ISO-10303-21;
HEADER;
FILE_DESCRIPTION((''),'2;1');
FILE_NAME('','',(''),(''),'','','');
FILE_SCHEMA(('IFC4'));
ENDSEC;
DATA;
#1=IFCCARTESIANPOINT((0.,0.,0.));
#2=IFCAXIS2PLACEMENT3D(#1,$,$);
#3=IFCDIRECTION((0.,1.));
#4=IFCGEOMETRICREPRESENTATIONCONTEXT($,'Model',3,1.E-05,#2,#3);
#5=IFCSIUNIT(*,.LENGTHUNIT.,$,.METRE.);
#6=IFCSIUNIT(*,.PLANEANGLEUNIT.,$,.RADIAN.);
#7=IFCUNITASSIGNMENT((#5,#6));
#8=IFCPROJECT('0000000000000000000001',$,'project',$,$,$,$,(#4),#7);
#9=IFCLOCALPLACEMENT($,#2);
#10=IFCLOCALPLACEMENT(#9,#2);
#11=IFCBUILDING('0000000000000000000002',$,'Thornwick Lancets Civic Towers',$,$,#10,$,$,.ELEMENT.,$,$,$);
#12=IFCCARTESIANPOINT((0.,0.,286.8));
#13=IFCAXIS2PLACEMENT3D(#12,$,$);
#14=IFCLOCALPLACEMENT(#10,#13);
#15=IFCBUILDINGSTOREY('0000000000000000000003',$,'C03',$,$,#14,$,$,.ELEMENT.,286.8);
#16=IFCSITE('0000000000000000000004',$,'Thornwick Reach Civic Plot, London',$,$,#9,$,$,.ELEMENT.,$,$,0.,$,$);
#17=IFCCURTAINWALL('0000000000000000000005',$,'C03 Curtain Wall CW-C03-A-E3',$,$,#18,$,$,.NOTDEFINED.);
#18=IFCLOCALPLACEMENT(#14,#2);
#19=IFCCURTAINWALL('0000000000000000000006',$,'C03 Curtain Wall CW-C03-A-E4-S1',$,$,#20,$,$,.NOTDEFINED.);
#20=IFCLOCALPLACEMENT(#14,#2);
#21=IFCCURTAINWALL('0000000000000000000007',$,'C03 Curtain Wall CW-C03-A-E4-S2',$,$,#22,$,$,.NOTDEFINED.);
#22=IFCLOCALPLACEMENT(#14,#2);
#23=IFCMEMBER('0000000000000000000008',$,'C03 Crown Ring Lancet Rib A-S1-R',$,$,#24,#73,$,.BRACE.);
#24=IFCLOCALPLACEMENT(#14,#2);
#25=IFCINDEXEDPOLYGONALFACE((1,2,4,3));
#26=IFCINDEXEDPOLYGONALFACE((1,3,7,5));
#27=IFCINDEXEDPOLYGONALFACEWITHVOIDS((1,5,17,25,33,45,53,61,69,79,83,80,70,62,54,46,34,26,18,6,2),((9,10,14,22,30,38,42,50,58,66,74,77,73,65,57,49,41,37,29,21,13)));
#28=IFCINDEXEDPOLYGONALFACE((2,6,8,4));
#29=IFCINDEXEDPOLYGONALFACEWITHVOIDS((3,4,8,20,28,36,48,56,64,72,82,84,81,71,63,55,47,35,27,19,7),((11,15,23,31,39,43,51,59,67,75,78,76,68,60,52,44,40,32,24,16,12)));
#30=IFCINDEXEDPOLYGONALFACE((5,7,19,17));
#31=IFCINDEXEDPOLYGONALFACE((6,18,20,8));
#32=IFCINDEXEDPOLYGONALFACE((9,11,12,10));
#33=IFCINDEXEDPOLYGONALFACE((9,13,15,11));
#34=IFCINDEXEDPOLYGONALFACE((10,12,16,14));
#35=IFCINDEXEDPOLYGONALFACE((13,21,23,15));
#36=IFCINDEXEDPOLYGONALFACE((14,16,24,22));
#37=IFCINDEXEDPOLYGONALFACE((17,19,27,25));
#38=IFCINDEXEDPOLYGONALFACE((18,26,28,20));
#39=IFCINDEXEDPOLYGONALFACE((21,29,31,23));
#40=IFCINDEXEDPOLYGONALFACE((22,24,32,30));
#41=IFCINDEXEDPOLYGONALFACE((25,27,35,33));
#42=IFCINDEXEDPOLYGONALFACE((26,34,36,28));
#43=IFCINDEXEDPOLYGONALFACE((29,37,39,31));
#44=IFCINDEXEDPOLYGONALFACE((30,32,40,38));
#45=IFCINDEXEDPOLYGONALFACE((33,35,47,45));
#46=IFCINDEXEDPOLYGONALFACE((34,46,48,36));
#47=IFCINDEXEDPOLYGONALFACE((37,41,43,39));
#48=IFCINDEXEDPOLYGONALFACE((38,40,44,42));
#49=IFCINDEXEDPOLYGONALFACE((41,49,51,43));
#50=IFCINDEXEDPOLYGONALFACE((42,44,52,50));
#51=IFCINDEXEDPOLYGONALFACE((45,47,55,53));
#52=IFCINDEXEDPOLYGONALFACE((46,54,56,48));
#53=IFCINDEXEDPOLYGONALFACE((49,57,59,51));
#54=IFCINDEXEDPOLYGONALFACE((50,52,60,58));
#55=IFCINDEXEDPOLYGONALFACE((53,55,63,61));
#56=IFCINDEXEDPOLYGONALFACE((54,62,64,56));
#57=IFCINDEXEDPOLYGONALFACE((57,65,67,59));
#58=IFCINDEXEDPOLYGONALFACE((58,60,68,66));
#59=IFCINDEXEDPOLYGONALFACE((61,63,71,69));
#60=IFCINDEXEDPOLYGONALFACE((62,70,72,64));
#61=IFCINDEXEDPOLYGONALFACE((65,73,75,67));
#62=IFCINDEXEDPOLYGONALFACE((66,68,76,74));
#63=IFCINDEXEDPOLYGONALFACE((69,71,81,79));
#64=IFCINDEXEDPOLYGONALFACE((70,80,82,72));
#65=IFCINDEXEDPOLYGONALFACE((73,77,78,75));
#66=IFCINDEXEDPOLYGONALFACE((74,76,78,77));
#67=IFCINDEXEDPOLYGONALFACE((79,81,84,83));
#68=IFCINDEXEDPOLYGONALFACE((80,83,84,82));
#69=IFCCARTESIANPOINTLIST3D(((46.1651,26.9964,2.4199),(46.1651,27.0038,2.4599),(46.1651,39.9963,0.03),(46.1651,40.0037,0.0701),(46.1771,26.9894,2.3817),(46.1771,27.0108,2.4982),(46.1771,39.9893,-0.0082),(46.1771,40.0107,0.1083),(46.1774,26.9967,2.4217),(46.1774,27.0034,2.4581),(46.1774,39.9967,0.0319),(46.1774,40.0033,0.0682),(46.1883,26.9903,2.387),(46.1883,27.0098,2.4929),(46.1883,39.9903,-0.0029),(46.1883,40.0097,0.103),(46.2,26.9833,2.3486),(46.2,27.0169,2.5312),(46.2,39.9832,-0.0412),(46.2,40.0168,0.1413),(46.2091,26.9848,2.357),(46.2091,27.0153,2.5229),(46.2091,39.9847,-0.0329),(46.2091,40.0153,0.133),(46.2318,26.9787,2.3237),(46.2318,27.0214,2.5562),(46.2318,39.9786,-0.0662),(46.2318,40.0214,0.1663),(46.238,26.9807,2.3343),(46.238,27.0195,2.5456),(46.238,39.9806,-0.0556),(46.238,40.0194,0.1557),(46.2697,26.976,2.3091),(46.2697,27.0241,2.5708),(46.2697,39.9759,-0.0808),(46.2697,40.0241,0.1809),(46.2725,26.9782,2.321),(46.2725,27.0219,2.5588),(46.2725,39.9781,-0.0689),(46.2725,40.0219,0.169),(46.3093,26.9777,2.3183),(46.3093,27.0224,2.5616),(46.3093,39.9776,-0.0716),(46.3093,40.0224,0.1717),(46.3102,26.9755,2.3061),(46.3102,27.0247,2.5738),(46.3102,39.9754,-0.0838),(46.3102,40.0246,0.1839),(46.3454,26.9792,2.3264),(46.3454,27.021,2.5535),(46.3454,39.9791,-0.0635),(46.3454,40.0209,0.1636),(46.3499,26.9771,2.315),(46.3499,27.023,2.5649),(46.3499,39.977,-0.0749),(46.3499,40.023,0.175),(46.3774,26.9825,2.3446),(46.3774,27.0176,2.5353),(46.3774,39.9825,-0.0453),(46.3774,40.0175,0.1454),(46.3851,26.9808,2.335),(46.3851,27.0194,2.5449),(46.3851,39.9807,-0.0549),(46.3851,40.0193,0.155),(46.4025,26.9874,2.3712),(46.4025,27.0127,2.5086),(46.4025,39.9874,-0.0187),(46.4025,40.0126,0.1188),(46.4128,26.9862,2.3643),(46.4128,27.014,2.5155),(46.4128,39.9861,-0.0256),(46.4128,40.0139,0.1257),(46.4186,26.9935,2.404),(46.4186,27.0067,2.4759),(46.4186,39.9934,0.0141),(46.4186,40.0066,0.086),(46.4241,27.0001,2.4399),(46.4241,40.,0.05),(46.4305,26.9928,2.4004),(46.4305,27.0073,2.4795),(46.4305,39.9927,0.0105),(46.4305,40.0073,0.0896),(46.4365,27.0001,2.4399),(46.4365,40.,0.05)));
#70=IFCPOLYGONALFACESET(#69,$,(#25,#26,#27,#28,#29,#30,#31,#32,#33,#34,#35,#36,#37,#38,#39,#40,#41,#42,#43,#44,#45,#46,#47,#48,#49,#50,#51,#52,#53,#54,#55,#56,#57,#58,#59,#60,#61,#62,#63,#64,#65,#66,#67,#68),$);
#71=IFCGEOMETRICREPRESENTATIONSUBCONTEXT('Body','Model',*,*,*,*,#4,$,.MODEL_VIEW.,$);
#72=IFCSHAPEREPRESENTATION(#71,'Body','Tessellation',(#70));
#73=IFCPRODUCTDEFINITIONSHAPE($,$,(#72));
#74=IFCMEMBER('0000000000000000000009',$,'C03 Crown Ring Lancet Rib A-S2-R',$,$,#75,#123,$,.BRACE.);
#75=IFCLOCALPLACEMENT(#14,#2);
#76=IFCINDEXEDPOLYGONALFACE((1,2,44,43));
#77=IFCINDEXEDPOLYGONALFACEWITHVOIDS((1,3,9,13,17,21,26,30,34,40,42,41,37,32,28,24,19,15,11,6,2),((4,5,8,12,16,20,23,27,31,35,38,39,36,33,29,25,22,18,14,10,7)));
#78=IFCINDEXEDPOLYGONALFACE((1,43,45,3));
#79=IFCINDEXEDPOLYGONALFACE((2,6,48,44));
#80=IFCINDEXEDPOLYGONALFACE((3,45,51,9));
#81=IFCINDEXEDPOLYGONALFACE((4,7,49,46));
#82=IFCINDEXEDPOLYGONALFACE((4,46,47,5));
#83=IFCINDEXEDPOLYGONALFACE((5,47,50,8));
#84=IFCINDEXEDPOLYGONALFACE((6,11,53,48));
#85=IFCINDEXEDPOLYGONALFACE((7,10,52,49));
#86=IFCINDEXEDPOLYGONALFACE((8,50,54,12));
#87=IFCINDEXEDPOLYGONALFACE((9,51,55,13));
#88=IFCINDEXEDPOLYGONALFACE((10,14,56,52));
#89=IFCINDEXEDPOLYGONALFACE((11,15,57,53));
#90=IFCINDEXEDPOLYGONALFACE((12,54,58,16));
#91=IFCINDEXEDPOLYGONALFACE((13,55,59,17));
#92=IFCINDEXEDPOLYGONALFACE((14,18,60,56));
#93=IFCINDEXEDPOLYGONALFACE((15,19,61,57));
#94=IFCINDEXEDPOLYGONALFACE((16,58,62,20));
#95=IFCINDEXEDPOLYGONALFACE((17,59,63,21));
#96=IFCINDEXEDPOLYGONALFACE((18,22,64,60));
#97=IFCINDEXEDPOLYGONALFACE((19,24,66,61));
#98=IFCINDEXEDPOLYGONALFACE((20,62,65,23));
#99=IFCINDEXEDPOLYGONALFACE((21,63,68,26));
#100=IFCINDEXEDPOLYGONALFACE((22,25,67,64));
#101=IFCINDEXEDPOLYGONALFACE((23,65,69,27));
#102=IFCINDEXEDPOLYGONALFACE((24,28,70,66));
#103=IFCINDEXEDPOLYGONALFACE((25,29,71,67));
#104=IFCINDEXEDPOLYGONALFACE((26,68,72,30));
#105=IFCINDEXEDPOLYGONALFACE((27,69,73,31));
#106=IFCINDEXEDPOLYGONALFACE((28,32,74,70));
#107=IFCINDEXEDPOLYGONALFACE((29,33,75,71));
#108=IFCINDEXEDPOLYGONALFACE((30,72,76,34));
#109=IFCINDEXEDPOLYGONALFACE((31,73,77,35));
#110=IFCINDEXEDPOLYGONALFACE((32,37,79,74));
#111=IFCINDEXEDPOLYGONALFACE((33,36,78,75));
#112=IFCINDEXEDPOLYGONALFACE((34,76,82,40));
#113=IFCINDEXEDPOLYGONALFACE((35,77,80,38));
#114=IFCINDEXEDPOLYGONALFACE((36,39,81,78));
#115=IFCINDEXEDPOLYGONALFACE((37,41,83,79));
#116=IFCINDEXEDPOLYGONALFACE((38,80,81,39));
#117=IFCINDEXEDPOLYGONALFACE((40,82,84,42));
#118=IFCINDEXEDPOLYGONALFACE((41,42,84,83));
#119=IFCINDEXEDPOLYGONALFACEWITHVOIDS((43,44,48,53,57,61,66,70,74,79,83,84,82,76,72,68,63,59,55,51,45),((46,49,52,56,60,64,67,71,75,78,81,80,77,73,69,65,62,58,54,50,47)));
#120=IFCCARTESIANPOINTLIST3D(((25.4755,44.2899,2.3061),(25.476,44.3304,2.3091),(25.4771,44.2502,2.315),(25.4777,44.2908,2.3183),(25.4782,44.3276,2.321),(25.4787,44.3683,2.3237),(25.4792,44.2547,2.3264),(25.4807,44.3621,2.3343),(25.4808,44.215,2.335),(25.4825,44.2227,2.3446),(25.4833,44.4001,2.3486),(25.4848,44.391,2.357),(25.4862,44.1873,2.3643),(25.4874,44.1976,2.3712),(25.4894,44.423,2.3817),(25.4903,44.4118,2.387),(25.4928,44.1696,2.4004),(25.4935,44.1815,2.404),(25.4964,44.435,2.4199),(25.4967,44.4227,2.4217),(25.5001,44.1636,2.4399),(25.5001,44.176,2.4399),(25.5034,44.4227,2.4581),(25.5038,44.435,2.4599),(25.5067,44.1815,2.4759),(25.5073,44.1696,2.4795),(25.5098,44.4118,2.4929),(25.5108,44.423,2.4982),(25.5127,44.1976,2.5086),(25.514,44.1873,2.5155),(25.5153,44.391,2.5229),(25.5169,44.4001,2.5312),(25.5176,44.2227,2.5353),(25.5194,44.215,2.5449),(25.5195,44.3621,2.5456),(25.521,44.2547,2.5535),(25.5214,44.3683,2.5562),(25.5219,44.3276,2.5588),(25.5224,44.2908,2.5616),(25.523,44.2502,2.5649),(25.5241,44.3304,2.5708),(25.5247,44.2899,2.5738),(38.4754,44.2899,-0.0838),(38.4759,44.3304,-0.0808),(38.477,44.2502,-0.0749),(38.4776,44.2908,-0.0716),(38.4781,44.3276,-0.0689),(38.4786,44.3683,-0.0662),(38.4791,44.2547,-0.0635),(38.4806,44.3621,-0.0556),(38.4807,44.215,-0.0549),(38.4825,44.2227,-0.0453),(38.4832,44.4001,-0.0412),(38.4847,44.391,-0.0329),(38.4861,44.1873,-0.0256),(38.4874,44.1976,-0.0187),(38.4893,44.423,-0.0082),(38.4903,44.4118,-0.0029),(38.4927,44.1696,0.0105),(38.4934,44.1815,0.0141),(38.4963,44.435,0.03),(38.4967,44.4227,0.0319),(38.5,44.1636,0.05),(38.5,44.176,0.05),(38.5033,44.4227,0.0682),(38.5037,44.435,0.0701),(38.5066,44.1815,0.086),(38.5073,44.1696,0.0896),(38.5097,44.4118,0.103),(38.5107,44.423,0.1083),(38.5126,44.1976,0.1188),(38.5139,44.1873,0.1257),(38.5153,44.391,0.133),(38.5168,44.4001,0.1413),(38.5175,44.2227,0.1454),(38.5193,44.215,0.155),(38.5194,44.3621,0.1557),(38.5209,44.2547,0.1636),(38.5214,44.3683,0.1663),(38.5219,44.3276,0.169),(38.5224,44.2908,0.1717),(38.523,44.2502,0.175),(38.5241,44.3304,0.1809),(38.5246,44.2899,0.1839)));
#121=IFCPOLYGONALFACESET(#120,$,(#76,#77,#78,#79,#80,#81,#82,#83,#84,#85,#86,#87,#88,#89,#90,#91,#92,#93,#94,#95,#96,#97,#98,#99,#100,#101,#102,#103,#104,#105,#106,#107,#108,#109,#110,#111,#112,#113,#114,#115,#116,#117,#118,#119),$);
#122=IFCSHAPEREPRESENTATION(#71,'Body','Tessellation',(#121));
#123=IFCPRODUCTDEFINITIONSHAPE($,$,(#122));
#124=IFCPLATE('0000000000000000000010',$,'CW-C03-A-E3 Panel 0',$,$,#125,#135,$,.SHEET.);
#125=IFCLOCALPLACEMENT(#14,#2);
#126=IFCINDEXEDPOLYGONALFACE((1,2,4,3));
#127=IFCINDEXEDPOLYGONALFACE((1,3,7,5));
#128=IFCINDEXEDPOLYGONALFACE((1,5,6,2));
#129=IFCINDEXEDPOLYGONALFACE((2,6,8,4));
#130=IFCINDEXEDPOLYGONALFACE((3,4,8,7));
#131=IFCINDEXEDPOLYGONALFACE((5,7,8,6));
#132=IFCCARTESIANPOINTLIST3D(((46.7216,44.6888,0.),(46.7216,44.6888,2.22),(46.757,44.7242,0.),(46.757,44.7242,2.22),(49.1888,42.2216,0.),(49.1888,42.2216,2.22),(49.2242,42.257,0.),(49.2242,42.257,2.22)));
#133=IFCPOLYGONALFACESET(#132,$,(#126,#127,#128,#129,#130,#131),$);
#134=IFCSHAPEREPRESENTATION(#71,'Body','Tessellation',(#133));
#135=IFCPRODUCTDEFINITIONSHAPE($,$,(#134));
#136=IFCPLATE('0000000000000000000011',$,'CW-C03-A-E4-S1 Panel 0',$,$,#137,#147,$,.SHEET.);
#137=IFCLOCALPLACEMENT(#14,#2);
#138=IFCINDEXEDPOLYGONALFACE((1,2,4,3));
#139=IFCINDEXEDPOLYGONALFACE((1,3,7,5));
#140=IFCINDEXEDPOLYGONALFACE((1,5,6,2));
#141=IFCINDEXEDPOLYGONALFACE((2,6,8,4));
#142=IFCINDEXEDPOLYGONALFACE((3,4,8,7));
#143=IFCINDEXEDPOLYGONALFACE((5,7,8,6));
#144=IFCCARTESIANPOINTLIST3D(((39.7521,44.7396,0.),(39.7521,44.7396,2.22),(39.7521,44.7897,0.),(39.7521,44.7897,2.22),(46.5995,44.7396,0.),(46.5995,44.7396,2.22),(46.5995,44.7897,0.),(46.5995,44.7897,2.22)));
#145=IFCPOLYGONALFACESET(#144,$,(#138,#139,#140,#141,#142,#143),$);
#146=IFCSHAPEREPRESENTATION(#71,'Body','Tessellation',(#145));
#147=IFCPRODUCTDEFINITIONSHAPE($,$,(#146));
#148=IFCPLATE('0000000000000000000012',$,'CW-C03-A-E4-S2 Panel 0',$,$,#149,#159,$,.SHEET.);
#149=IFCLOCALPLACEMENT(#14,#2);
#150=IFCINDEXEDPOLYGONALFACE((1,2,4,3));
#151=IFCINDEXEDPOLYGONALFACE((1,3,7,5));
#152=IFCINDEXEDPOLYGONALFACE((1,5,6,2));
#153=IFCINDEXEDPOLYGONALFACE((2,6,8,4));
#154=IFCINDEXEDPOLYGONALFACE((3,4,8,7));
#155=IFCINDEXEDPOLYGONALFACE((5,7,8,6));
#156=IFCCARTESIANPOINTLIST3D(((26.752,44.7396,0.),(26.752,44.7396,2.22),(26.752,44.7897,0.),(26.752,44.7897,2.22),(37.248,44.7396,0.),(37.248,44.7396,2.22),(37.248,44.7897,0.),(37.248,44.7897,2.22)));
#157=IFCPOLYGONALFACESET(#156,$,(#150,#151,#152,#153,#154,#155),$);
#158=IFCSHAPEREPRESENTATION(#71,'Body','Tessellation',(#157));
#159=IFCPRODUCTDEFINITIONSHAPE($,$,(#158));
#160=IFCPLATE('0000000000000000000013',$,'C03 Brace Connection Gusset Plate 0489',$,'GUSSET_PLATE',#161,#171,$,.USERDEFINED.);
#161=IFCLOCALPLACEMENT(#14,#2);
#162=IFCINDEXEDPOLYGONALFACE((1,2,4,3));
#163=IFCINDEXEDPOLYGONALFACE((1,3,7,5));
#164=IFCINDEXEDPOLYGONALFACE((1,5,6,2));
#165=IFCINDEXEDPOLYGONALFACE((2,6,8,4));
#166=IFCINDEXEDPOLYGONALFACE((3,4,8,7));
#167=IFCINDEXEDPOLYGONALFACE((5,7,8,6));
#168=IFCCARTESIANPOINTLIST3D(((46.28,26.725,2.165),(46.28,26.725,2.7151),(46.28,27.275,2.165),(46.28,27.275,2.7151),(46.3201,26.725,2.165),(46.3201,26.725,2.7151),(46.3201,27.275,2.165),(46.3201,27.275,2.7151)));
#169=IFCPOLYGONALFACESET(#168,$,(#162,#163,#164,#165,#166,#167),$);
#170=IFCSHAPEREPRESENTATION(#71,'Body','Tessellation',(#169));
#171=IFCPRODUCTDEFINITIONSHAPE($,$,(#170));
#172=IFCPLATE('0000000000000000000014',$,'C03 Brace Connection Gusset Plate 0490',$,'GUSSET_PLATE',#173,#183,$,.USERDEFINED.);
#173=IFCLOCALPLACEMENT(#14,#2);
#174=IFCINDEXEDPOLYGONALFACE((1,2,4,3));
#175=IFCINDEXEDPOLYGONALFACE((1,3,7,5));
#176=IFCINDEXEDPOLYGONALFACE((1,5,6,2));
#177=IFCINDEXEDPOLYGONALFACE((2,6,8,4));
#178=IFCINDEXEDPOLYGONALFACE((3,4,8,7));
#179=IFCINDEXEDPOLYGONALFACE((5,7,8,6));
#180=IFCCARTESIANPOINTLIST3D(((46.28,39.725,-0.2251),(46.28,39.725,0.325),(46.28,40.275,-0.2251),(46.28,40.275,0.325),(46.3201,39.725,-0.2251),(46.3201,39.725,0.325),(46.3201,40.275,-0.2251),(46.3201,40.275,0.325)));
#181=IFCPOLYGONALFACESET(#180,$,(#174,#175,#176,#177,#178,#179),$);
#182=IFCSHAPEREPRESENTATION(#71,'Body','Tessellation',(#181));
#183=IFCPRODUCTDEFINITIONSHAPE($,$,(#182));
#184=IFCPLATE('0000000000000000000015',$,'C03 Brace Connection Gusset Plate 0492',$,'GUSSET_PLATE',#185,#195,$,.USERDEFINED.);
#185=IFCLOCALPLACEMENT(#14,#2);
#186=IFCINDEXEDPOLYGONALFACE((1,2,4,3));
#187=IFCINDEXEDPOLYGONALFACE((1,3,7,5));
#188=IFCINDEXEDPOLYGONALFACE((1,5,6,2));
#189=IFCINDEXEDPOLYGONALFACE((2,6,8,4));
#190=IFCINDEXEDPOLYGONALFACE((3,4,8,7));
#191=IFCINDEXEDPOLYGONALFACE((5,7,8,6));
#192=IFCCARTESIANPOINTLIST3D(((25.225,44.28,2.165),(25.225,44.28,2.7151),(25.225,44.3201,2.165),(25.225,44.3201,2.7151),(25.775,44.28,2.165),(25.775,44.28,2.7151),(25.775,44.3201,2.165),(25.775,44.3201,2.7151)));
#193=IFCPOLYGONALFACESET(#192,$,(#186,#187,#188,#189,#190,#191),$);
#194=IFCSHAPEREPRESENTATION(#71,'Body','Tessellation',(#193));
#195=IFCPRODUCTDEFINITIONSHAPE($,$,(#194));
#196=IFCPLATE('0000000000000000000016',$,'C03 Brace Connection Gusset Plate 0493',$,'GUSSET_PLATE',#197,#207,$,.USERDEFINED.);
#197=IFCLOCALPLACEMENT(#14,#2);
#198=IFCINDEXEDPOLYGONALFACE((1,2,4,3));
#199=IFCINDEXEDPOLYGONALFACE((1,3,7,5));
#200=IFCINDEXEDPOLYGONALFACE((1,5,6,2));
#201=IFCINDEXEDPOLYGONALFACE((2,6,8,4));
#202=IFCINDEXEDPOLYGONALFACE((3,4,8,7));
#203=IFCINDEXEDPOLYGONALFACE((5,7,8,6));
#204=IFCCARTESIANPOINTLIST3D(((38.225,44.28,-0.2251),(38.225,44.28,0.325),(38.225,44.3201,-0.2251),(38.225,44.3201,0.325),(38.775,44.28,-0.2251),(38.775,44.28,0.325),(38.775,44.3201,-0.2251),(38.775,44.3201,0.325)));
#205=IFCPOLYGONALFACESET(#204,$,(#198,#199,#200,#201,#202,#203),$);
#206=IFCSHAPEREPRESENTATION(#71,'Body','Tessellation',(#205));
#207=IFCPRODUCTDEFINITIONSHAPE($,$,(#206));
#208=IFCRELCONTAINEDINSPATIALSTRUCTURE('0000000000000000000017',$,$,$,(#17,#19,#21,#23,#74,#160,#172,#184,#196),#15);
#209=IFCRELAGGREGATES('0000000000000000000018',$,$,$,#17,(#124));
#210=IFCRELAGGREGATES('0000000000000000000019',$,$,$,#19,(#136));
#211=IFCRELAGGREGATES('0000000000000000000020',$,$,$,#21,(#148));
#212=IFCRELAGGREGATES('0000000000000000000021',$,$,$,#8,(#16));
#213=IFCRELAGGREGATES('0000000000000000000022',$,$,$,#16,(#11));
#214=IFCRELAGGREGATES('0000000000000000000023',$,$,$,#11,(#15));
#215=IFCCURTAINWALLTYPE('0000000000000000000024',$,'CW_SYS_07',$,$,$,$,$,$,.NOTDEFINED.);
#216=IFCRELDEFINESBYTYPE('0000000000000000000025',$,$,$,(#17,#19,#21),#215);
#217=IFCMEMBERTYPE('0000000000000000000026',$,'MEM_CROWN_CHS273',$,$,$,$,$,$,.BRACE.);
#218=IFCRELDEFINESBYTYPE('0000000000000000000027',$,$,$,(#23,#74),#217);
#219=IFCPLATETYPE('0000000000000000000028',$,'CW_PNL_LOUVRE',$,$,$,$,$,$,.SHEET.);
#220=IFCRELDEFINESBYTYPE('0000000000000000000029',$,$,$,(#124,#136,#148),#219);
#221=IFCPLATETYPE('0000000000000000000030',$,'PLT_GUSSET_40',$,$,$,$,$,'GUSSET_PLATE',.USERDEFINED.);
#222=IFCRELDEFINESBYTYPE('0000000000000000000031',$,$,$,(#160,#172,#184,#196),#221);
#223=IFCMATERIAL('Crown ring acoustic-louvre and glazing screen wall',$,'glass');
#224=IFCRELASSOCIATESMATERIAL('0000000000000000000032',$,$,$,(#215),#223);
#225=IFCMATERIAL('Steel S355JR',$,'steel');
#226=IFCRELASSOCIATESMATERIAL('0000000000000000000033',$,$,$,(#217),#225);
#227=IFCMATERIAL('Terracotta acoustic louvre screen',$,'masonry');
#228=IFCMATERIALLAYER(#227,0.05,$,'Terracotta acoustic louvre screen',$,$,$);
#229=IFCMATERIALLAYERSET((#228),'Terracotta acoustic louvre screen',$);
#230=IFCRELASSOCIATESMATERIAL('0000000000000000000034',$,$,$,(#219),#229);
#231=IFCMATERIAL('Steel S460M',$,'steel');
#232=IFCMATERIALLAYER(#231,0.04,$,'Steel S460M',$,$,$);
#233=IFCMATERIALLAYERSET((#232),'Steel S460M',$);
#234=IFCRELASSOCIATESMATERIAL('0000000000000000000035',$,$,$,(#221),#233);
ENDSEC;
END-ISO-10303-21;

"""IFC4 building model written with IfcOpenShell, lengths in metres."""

from ifc_helpers import new_model, si_unit, direction, frame, origin, origin_2d, place, context, subcontext, project, spatial, rectangle, hollow_circle, extrude, material, layer, layer_set, material_profile, profile_set, type_object, element, aggregate, save


model = new_model("IFC4")

# Units and contexts
model_context = context("Model", 3, precision=1e-05, world=origin(), true_north=direction((0.0, 1.0)))
body_context = subcontext(model_context, "Body", "Model", "MODEL_VIEW")
ifc_project = project(units=[si_unit("LENGTHUNIT", "METRE"), si_unit("PLANEANGLEUNIT", "RADIAN")], contexts=[model_context])

# Site, building, storey
site_placement = place(None, origin())
site = spatial("IfcSite", under=ifc_project, at=site_placement, Name="Thornwick Reach Civic Plot, London", CompositionType="ELEMENT", RefElevation=0.0)
building_placement = place(site_placement, origin())
building = spatial("IfcBuilding", under=site, at=building_placement, Name="Thornwick Lancets Civic Towers", CompositionType="ELEMENT")
storey_placement = place(building_placement, frame((0.0, 0.0, 286.8)))
storey = spatial("IfcBuildingStorey", under=building, at=storey_placement, Name="C03", CompositionType="ELEMENT", Elevation=286.8)

# Shared definitions
ifc_material_1 = material(Name="Steel S355JR", Category="steel")

# Curtain walls
ifc_material_2 = material(Name="Crown ring acoustic-louvre and glazing screen wall", Category="glass")
curtain_wall_type = type_object("IfcCurtainWallType", Name="CW_SYS_07", PredefinedType="NOTDEFINED", material=ifc_material_2)
curtain_wall_1_placement = place(storey_placement, origin())
curtain_wall_1 = element("IfcCurtainWall", 1, at=curtain_wall_1_placement, inside=storey, type_object=curtain_wall_type, Name="C03 Curtain Wall CW-C03-A-E3", PredefinedType="NOTDEFINED")
curtain_wall_2_placement = place(storey_placement, origin())
curtain_wall_2 = element("IfcCurtainWall", 2, at=curtain_wall_2_placement, inside=storey, type_object=curtain_wall_type, Name="C03 Curtain Wall CW-C03-A-E4-S1", PredefinedType="NOTDEFINED")
curtain_wall_3_placement = place(storey_placement, origin())
curtain_wall_3 = element("IfcCurtainWall", 3, at=curtain_wall_3_placement, inside=storey, type_object=curtain_wall_type, Name="C03 Curtain Wall CW-C03-A-E4-S2", PredefinedType="NOTDEFINED")

# Members
ifc_material_profile_1 = material_profile(ifc_material_1, hollow_circle(Radius=0.1365, WallThickness=0.0125, at=origin_2d()), Name="CHS 273x12.5")
ifc_profile_set_1 = profile_set([ifc_material_profile_1], Name="Steel S355JR")
member_type_1 = type_object("IfcMemberType", Name="MEM_CROWN_CHS273", PredefinedType="BRACE", material=ifc_profile_set_1)
for number, where, z_axis, x_axis, name in (
    (4, (46.3, 40.0, 0.05), (0.0, -0.983518, 0.180808), (1.0, 0.0, 0.0), "C03 Crown Ring Lancet Rib A-S1-R"),
    (5, (38.5, 44.3, 0.05), (-0.983518, 0.0, 0.180808), (0.0, -1.0, 0.0), "C03 Crown Ring Lancet Rib A-S2-R"),
):
    element("IfcMember", number, at=place(storey_placement, frame(where, z_axis=z_axis, x_axis=x_axis)), inside=storey, type_object=member_type_1, Name=name, PredefinedType="BRACE", context=body_context, shape_type="SweptSolid", body=[
        extrude(hollow_circle(Radius=0.1365, WallThickness=0.0125, at=origin_2d()), origin(), (0.0, 0.0, 1.0), 13.2178),
    ])

# Plates
ifc_material_3 = material(Name="Terracotta acoustic louvre screen", Category="masonry")
ifc_layer_1 = layer(ifc_material_3, 0.05, Name="Terracotta acoustic louvre screen")
ifc_layer_set_1 = layer_set([ifc_layer_1], Name="Terracotta acoustic louvre screen")
plate_type_1 = type_object("IfcPlateType", Name="CW_PNL_LOUVRE", PredefinedType="SHEET", material=ifc_layer_set_1)
plate_1_placement = place(storey_placement, frame((47.9729, 43.4729, 0.0), z_axis=(0.0, 0.0, 1.0), x_axis=(-0.707107, 0.707107, 0.0)))
plate_1 = element("IfcPlate", 6, at=plate_1_placement, type_object=plate_type_1, Name="CW-C03-A-E3 Panel 0", PredefinedType="SHEET", context=body_context, shape_type="SweptSolid", body=[
    extrude(rectangle(XDim=3.4893, YDim=0.05, at=origin_2d()), origin(), (0.0, 0.0, 1.0), 2.22),
])
aggregate(curtain_wall_1, [plate_1])
plate_2_placement = place(storey_placement, frame((43.1758, 44.7646, 0.0), z_axis=(0.0, 0.0, 1.0), x_axis=(-1.0, 0.0, 0.0)))
plate_2 = element("IfcPlate", 7, at=plate_2_placement, type_object=plate_type_1, Name="CW-C03-A-E4-S1 Panel 0", PredefinedType="SHEET", context=body_context, shape_type="SweptSolid", body=[
    extrude(rectangle(XDim=6.8474, YDim=0.05, at=origin_2d()), origin(), (0.0, 0.0, 1.0), 2.22),
])
aggregate(curtain_wall_2, [plate_2])
plate_3_placement = place(storey_placement, frame((32.0, 44.7646, 0.0), z_axis=(0.0, 0.0, 1.0), x_axis=(-1.0, 0.0, 0.0)))
plate_3 = element("IfcPlate", 8, at=plate_3_placement, type_object=plate_type_1, Name="CW-C03-A-E4-S2 Panel 0", PredefinedType="SHEET", context=body_context, shape_type="SweptSolid", body=[
    extrude(rectangle(XDim=10.4961, YDim=0.05, at=origin_2d()), origin(), (0.0, 0.0, 1.0), 2.22),
])
aggregate(curtain_wall_3, [plate_3])

# Plates
ifc_material_4 = material(Name="Steel S460M", Category="steel")
ifc_layer_2 = layer(ifc_material_4, 0.04, Name="Steel S460M")
ifc_layer_set_2 = layer_set([ifc_layer_2], Name="Steel S460M")
plate_type_2 = type_object("IfcPlateType", Name="PLT_GUSSET_40", ElementType="GUSSET_PLATE", PredefinedType="USERDEFINED", material=ifc_layer_set_2)
for number, where, z_axis, x_axis, name in (
    (9, (46.3, 27.0, 2.165), (0.0, 0.0, 1.0), (0.0, 1.0, 0.0), "C03 Brace Connection Gusset Plate 0489"),
    (10, (46.3, 40.0, -0.2251), (0.0, 0.0, 1.0), (0.0, -1.0, 0.0), "C03 Brace Connection Gusset Plate 0490"),
    (11, (25.5, 44.3, 2.165), (0.0, 0.0, 1.0), (1.0, 0.0, 0.0), "C03 Brace Connection Gusset Plate 0492"),
    (12, (38.5, 44.3, -0.2251), (0.0, 0.0, 1.0), (-1.0, 0.0, 0.0), "C03 Brace Connection Gusset Plate 0493"),
):
    element("IfcPlate", number, at=place(storey_placement, frame(where, z_axis=z_axis, x_axis=x_axis)), inside=storey, type_object=plate_type_2, Name=name, ObjectType="GUSSET_PLATE", PredefinedType="USERDEFINED", context=body_context, shape_type="SweptSolid", body=[
        extrude(rectangle(XDim=0.55, YDim=0.04, at=origin_2d()), origin(), (0.0, 0.0, 1.0), 0.55),
    ])

save(model, "model.ifc")
